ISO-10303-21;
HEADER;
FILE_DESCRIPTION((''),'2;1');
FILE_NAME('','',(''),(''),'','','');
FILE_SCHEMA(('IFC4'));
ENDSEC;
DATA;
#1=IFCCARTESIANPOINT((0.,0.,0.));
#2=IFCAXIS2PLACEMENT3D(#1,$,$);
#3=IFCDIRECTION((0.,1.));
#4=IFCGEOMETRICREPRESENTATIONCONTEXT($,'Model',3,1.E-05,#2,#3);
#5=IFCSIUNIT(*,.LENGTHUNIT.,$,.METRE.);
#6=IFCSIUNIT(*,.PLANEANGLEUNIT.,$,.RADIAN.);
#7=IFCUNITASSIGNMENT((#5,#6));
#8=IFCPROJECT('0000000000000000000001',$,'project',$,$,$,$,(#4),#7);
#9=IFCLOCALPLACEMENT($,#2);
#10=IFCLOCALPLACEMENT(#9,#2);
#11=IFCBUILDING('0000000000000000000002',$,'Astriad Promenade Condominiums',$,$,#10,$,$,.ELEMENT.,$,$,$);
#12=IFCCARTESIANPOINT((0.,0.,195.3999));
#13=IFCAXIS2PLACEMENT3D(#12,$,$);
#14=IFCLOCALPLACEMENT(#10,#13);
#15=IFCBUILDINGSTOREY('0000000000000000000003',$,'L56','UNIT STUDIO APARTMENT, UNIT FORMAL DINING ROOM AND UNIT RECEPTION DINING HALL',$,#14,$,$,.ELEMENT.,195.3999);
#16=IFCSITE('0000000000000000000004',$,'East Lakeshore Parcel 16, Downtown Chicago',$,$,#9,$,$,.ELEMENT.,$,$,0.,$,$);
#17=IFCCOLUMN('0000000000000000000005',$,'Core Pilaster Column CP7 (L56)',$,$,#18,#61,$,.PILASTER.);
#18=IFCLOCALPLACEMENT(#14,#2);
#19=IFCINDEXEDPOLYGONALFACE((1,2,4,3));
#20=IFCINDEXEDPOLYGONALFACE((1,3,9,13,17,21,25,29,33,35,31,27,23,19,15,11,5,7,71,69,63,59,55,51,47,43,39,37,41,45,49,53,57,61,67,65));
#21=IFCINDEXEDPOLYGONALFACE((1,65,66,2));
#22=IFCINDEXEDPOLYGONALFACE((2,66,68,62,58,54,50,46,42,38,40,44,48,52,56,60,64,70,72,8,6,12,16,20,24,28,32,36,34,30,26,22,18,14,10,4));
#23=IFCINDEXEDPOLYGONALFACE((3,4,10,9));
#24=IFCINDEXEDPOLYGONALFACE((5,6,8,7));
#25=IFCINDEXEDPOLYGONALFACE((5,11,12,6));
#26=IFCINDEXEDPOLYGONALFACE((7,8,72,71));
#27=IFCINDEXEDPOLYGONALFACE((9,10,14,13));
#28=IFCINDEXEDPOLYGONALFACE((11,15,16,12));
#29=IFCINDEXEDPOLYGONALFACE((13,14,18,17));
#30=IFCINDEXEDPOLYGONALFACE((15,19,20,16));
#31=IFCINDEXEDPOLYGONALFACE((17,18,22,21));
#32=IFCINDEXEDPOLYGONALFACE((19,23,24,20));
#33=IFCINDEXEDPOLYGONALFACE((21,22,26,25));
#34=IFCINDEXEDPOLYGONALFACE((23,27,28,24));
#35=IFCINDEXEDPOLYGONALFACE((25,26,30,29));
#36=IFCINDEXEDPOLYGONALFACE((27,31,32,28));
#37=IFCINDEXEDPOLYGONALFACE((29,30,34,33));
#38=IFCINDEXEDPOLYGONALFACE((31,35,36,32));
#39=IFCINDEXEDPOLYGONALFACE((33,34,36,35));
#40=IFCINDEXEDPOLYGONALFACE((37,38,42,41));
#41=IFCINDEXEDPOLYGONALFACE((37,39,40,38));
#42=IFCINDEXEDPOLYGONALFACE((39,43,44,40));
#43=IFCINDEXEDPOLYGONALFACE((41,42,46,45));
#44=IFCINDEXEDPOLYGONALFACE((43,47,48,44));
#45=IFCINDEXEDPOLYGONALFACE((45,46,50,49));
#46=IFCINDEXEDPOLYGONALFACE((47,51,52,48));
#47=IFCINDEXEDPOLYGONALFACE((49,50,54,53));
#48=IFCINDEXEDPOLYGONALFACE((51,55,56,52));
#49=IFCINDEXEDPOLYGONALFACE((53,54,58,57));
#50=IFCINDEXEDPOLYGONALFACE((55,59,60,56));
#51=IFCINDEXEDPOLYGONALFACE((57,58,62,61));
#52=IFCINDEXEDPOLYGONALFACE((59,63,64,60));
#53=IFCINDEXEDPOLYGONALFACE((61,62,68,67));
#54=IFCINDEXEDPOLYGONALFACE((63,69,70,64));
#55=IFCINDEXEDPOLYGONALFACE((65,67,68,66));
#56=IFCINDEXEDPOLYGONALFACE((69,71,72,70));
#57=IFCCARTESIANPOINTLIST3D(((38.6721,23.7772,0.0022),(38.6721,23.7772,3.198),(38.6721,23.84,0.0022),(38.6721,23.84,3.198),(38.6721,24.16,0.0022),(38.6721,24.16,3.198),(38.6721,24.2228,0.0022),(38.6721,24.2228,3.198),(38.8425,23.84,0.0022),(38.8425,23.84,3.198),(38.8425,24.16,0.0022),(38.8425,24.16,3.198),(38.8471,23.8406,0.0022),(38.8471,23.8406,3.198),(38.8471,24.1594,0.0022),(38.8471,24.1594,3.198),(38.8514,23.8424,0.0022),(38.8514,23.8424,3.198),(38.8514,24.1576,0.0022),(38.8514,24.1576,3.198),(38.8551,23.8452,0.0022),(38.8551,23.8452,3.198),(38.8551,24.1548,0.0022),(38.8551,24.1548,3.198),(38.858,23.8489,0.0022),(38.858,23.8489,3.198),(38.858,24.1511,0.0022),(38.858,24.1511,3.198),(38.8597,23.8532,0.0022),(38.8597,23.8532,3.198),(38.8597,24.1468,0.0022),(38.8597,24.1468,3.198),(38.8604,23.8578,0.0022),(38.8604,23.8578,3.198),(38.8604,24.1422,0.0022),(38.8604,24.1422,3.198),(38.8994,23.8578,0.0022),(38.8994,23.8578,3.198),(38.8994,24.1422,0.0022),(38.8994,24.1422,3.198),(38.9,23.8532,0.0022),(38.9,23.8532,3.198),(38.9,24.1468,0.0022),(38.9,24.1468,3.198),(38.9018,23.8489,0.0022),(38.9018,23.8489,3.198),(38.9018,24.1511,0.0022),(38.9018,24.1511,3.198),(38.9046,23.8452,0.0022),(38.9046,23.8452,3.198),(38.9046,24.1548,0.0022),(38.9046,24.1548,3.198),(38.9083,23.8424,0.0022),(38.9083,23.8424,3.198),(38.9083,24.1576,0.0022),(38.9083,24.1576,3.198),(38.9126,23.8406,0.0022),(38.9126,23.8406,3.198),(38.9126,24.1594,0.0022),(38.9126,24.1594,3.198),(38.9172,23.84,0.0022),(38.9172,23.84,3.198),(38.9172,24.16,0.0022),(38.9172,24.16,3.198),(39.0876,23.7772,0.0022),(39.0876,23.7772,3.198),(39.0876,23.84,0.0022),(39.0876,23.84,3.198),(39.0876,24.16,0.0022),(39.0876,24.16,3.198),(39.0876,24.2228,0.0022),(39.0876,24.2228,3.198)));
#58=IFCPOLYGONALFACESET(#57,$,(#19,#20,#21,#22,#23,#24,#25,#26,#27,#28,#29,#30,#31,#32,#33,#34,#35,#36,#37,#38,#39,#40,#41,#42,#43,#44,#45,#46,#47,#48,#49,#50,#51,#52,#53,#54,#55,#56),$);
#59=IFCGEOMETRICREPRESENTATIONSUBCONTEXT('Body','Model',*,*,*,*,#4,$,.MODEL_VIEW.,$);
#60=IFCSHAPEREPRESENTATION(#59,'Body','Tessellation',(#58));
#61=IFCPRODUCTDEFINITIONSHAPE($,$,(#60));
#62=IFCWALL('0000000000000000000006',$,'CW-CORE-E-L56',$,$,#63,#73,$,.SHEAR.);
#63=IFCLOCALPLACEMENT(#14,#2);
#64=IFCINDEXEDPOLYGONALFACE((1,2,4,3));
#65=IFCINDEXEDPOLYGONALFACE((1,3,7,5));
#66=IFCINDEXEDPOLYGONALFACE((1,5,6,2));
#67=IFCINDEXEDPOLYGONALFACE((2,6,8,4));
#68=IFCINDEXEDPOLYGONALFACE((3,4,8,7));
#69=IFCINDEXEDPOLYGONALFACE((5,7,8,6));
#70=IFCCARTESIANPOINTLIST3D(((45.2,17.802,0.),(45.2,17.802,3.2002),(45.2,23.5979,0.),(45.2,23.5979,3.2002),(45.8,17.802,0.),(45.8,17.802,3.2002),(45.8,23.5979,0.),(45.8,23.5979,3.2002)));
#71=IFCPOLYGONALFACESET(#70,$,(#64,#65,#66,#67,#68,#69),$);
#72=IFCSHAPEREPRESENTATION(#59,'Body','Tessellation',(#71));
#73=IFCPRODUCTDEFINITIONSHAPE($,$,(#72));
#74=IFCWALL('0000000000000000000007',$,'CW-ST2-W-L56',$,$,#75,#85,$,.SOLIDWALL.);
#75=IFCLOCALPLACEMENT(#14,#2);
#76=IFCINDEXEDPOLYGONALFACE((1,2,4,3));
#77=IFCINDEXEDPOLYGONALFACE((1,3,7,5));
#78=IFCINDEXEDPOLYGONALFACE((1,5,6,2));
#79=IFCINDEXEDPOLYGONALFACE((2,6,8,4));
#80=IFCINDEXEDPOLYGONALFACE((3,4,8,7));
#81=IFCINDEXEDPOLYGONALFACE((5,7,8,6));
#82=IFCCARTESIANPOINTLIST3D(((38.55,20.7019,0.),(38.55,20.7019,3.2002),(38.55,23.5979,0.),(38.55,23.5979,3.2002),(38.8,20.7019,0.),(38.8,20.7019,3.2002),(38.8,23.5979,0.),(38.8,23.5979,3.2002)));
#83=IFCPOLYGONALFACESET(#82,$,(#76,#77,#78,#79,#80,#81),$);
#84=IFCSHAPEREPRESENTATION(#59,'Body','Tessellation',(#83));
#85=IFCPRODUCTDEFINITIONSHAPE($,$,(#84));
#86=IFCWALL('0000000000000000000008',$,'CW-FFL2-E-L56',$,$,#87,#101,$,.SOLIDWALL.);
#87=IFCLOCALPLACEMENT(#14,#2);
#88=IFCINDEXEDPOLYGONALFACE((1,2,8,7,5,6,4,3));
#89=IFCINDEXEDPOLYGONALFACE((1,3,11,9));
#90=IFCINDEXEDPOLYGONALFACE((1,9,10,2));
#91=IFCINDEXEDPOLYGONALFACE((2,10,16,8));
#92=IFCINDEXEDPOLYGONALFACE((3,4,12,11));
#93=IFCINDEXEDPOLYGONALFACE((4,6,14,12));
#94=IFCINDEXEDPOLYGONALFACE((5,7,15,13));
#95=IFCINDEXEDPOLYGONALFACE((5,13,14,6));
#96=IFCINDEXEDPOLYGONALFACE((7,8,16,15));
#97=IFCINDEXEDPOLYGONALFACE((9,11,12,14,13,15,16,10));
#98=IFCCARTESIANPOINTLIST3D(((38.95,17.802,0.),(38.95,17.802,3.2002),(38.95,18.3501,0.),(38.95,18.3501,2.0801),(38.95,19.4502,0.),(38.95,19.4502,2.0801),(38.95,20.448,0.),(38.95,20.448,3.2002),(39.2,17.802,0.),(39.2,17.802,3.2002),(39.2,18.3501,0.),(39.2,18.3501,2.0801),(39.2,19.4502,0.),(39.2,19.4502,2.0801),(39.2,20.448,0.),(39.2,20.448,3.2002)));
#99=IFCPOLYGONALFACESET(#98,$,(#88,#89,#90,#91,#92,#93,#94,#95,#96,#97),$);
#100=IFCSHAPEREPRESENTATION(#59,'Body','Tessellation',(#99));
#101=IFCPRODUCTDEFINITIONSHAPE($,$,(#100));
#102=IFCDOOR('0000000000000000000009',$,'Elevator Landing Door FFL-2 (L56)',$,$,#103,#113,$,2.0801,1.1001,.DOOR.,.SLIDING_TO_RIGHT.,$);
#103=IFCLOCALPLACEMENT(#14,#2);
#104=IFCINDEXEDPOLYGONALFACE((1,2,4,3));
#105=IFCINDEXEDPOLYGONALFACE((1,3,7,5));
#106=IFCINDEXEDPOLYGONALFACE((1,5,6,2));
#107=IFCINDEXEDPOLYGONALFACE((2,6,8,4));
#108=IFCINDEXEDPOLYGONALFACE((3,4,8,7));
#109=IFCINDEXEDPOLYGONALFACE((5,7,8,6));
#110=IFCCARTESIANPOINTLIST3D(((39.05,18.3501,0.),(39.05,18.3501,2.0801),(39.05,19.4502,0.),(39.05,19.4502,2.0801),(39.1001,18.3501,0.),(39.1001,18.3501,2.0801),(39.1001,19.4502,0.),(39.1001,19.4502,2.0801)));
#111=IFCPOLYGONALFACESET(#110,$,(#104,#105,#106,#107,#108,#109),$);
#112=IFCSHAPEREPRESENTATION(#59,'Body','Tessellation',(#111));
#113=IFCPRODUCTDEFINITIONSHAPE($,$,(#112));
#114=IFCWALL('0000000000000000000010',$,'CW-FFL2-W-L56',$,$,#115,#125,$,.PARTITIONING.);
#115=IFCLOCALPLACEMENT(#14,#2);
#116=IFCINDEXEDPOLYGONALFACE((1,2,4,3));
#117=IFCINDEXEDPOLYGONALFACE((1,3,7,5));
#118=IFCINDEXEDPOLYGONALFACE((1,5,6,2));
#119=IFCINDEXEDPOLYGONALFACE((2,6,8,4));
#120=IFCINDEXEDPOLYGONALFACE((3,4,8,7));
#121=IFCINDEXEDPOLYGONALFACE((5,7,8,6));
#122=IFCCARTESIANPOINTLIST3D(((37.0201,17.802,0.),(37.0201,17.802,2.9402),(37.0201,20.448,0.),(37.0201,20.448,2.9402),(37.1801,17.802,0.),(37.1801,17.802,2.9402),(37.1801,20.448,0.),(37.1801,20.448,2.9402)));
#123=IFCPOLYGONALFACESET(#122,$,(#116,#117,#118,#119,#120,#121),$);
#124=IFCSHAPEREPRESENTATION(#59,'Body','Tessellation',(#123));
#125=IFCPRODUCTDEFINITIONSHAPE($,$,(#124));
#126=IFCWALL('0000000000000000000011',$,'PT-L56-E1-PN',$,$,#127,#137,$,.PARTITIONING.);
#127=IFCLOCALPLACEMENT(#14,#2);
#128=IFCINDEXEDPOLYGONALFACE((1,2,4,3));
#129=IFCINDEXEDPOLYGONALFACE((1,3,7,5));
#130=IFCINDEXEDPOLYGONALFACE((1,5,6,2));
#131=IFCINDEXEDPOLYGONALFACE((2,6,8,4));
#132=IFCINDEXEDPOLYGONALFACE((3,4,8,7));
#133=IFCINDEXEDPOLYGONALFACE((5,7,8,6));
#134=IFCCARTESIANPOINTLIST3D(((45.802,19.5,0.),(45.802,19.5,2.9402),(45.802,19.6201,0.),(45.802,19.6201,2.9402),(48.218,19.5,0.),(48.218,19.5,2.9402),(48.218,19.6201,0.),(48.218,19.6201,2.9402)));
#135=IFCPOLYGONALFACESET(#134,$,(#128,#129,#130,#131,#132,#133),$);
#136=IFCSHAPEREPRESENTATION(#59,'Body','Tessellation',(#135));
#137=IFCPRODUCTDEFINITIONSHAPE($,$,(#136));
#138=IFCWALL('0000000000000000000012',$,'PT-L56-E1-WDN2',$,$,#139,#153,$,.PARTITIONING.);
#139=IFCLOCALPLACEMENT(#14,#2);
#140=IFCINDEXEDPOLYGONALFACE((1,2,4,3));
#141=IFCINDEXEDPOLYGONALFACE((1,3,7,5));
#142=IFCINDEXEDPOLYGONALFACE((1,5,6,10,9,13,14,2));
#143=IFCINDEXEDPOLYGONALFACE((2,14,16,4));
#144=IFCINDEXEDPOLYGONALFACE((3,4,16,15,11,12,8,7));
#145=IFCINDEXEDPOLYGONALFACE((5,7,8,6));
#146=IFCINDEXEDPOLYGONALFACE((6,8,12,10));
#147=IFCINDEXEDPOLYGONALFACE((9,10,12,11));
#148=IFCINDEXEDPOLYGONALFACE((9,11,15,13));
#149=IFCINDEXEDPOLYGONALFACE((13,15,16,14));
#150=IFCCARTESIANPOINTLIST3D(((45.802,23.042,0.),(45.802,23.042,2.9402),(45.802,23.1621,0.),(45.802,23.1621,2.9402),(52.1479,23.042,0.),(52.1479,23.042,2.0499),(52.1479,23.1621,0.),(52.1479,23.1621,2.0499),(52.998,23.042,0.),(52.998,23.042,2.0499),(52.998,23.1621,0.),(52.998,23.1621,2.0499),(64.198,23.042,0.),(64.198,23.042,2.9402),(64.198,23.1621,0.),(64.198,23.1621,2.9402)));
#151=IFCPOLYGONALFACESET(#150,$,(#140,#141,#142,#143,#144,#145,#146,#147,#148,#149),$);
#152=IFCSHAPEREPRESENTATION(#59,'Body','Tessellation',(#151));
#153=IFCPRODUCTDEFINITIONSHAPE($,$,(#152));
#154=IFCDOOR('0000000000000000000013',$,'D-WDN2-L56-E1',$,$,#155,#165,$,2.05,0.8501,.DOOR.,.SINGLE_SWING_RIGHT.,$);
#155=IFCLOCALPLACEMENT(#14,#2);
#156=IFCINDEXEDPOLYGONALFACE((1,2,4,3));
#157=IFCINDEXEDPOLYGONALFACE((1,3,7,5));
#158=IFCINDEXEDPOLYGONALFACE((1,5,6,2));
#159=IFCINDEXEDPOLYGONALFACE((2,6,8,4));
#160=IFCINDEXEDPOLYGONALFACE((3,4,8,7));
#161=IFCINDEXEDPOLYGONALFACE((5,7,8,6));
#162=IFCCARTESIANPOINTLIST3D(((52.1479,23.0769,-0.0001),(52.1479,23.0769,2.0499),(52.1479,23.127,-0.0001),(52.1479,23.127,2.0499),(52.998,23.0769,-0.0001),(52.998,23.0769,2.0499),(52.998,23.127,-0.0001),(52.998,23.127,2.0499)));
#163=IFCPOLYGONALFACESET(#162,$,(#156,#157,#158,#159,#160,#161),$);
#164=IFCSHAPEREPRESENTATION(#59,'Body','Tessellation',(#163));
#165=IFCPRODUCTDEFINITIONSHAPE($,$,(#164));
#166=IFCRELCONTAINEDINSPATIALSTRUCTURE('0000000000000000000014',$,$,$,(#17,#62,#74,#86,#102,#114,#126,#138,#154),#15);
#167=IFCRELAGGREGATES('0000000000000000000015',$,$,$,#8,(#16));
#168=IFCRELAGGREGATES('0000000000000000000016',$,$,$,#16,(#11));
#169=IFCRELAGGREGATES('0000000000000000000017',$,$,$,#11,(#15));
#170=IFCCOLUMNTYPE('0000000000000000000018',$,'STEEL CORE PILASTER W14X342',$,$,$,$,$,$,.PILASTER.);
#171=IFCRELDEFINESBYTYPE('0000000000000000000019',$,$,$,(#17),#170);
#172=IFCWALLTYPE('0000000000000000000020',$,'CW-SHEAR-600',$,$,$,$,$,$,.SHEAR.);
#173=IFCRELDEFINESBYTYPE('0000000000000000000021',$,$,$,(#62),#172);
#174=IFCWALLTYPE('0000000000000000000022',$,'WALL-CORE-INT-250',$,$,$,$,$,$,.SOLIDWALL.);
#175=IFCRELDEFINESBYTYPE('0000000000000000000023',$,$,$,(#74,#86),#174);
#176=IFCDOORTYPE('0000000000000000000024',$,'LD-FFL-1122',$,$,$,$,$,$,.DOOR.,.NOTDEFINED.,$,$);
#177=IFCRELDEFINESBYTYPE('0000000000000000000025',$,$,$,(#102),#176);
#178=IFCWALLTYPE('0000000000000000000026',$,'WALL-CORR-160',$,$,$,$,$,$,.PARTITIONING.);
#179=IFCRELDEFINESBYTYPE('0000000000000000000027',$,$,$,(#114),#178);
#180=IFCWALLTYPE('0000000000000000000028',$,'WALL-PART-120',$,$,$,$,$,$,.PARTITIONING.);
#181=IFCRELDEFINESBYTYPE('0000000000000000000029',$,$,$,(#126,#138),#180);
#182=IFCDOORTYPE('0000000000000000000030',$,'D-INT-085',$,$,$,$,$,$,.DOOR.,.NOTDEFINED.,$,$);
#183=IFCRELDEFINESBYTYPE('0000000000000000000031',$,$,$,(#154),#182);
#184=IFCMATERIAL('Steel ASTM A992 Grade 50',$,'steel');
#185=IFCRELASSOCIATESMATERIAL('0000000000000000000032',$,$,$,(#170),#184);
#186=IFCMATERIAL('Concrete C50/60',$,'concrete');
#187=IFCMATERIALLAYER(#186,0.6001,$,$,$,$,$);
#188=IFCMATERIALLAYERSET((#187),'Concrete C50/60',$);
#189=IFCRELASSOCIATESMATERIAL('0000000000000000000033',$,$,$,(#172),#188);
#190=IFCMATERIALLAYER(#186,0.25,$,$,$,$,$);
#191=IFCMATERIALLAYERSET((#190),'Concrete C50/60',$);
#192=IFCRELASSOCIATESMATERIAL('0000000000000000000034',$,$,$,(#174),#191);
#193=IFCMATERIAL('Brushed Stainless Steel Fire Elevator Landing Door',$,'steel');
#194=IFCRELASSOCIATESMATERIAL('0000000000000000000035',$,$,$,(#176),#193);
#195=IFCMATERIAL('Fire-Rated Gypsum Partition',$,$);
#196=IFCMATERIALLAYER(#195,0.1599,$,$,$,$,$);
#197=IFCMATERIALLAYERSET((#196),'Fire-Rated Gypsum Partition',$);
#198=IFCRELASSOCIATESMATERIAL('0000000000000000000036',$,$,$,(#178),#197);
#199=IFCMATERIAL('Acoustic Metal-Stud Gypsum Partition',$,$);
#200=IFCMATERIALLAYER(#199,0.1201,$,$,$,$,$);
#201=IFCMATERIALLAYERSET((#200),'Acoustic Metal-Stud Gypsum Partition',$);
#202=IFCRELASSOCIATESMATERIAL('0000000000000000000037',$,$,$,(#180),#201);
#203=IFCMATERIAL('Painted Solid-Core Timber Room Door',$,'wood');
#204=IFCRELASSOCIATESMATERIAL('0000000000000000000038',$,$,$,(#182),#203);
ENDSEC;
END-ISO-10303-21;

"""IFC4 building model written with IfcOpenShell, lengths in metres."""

from ifc_helpers import new_model, si_unit, direction, frame, frame_2d, origin, origin_2d, place, context, subcontext, project, spatial, rectangle, i_section, extrude, source, transform, mapped, material, layer, layer_set, material_profile, profile_set, type_object, type_shapes, element, fill, save


model = new_model("IFC4")

# Units and contexts
model_context = context("Model", 3, precision=1e-05, world=origin(), true_north=direction((0.0, 1.0)))
body_context = subcontext(model_context, "Body", "Model", "MODEL_VIEW")
ifc_project = project(units=[si_unit("LENGTHUNIT", "METRE"), si_unit("PLANEANGLEUNIT", "RADIAN")], contexts=[model_context])

# Site, building, storey
site_placement = place(None, origin())
site = spatial("IfcSite", under=ifc_project, at=site_placement, Name="East Lakeshore Parcel 16, Downtown Chicago", CompositionType="ELEMENT", RefElevation=0.0)
building_placement = place(site_placement, origin())
building = spatial("IfcBuilding", under=site, at=building_placement, Name="Astriad Promenade Condominiums", CompositionType="ELEMENT")
storey_placement = place(building_placement, frame((0.0, 0.0, 195.3999)))
storey = spatial("IfcBuildingStorey", under=building, at=storey_placement, Name="L56", Description="UNIT STUDIO APARTMENT, UNIT FORMAL DINING ROOM AND UNIT RECEPTION DINING HALL", CompositionType="ELEMENT", Elevation=195.3999)

# Column
ifc_material_1 = material(Name="Steel ASTM A992 Grade 50", Category="steel")
ifc_material_profile = material_profile(ifc_material_1, i_section(OverallWidth=0.4155, OverallDepth=0.4456, WebThickness=0.0391, FlangeThickness=0.0627, FilletRadius=0.0178, at=origin_2d()), Name="W14X342")
ifc_profile_set = profile_set([ifc_material_profile], Name="Steel ASTM A992 Grade 50")
column_type = type_object("IfcColumnType", Name="STEEL CORE PILASTER W14X342", PredefinedType="PILASTER", material=ifc_profile_set)
shared_shape_1 = source(origin(), body_context, "Body", "SweptSolid", [
    extrude(i_section(OverallWidth=0.4155, OverallDepth=0.4456, WebThickness=0.0391, FlangeThickness=0.0627, FilletRadius=0.0178, at=origin_2d()), origin(), (0.0, 0.0, 1.0), 3.1958),
])
type_shapes(column_type, [shared_shape_1])
column_placement = place(storey_placement, frame((38.8799, 24.0, 0.0022), z_axis=(0.0, 0.0, 1.0), x_axis=(1.0, 0.0, 0.0)))
element("IfcColumn", 1, at=column_placement, inside=storey, type_object=column_type, Name="Core Pilaster Column CP7 (L56)", PredefinedType="PILASTER", context=body_context, shape_type="MappedRepresentation", body=[
    mapped(shared_shape_1, transform((0.0, 0.0, 0.0), scale=1.0)),
])

# Walls
ifc_material_2 = material(Name="Concrete C50/60", Category="concrete")
ifc_layer_1 = layer(ifc_material_2, 0.6001)
ifc_layer_set_1 = layer_set([ifc_layer_1], Name="Concrete C50/60")
wall_type_1 = type_object("IfcWallType", Name="CW-SHEAR-600", PredefinedType="SHEAR", material=ifc_layer_set_1)
wall_1_placement = place(storey_placement, frame((45.5, 17.802, 0.0), z_axis=(0.0, 0.0, 1.0), x_axis=(0.0, 1.0, 0.0)))
element("IfcWall", 2, at=wall_1_placement, inside=storey, type_object=wall_type_1, Name="CW-CORE-E-L56", PredefinedType="SHEAR", context=body_context, shape_type="SweptSolid", body=[
    extrude(rectangle(XDim=5.7959, YDim=0.6001, at=frame_2d((2.8979, 0.0))), origin(), (0.0, 0.0, 1.0), 3.2002),
])
ifc_layer_2 = layer(ifc_material_2, 0.25)
ifc_layer_set_2 = layer_set([ifc_layer_2], Name="Concrete C50/60")
wall_type_2 = type_object("IfcWallType", Name="WALL-CORE-INT-250", PredefinedType="SOLIDWALL", material=ifc_layer_set_2)
wall_2_placement = place(storey_placement, frame((38.675, 20.7019, 0.0), z_axis=(0.0, 0.0, 1.0), x_axis=(0.0, 1.0, 0.0)))
element("IfcWall", 3, at=wall_2_placement, inside=storey, type_object=wall_type_2, Name="CW-ST2-W-L56", PredefinedType="SOLIDWALL", context=body_context, shape_type="SweptSolid", body=[
    extrude(rectangle(XDim=2.896, YDim=0.25, at=frame_2d((1.448, 0.0))), origin(), (0.0, 0.0, 1.0), 3.2002),
])

# Wall, opening, door
wall_3_placement = place(storey_placement, frame((39.075, 17.802, 0.0), z_axis=(0.0, 0.0, 1.0), x_axis=(0.0, 1.0, 0.0)))
wall_3 = element("IfcWall", 4, at=wall_3_placement, inside=storey, type_object=wall_type_2, Name="CW-FFL2-E-L56", PredefinedType="SOLIDWALL", context=body_context, shape_type="SweptSolid", body=[
    extrude(rectangle(XDim=2.646, YDim=0.25, at=frame_2d((1.323, 0.0))), origin(), (0.0, 0.0, 1.0), 3.2002),
])
opening_1_placement = place(wall_3_placement, frame((0.5481, 0.0, 0.0)))
opening_1 = element("IfcOpeningElement", 5, at=opening_1_placement, cuts=wall_3, PredefinedType="OPENING", context=body_context, shape_type="SweptSolid", body=[
    extrude(rectangle(XDim=1.1001, YDim=2.0801, at=frame_2d((0.55, 1.04))), frame((0.0, 0.135, 0.0), z_axis=(0.0, -1.0, 0.0), x_axis=(1.0, 0.0, 0.0)), (0.0, 0.0, 1.0), 0.27),
])
ifc_material_3 = material(Name="Brushed Stainless Steel Fire Elevator Landing Door", Category="steel")
door_type_1 = type_object("IfcDoorType", Name="LD-FFL-1122", OperationType="NOTDEFINED", PredefinedType="DOOR", material=ifc_material_3)
shared_shape_2 = source(origin(), body_context, "Body", "SweptSolid", [
    extrude(rectangle(XDim=1.1001, YDim=2.0801, at=frame_2d((0.55, 1.04))), frame((0.0, 0.0249, 0.0), z_axis=(0.0, -1.0, 0.0), x_axis=(1.0, 0.0, 0.0)), (0.0, 0.0, 1.0), 0.05),
])
type_shapes(door_type_1, [shared_shape_2])
door_1_placement = place(opening_1_placement, origin())
door_1 = element("IfcDoor", 6, at=door_1_placement, inside=storey, type_object=door_type_1, Name="Elevator Landing Door FFL-2 (L56)", OperationType="SLIDING_TO_RIGHT", OverallHeight=2.0801, OverallWidth=1.1001, PredefinedType="DOOR", context=body_context, shape_type="MappedRepresentation", body=[
    mapped(shared_shape_2, transform((0.0, 0.0, 0.0), scale=1.0)),
])
fill(opening_1, door_1)

# Walls
ifc_material_4 = material(Name="Fire-Rated Gypsum Partition")
ifc_layer_3 = layer(ifc_material_4, 0.1599)
ifc_layer_set_3 = layer_set([ifc_layer_3], Name="Fire-Rated Gypsum Partition")
wall_type_3 = type_object("IfcWallType", Name="WALL-CORR-160", PredefinedType="PARTITIONING", material=ifc_layer_set_3)
wall_4_placement = place(storey_placement, frame((37.1001, 17.802, 0.0), z_axis=(0.0, 0.0, 1.0), x_axis=(0.0, 1.0, 0.0)))
element("IfcWall", 7, at=wall_4_placement, inside=storey, type_object=wall_type_3, Name="CW-FFL2-W-L56", PredefinedType="PARTITIONING", context=body_context, shape_type="SweptSolid", body=[
    extrude(rectangle(XDim=2.646, YDim=0.1599, at=frame_2d((1.323, 0.0))), origin(), (0.0, 0.0, 1.0), 2.9402),
])
ifc_material_5 = material(Name="Acoustic Metal-Stud Gypsum Partition")
ifc_layer_4 = layer(ifc_material_5, 0.1201)
ifc_layer_set_4 = layer_set([ifc_layer_4], Name="Acoustic Metal-Stud Gypsum Partition")
wall_type_4 = type_object("IfcWallType", Name="WALL-PART-120", PredefinedType="PARTITIONING", material=ifc_layer_set_4)
wall_5_placement = place(storey_placement, frame((45.802, 19.5601, 0.0), z_axis=(0.0, 0.0, 1.0), x_axis=(1.0, 0.0, 0.0)))
element("IfcWall", 8, at=wall_5_placement, inside=storey, type_object=wall_type_4, Name="PT-L56-E1-PN", PredefinedType="PARTITIONING", context=body_context, shape_type="SweptSolid", body=[
    extrude(rectangle(XDim=2.416, YDim=0.1201, at=frame_2d((1.208, 0.0))), origin(), (0.0, 0.0, 1.0), 2.9402),
])

# Wall, opening, door
wall_6_placement = place(storey_placement, frame((45.802, 23.1021, 0.0), z_axis=(0.0, 0.0, 1.0), x_axis=(1.0, 0.0, 0.0)))
wall_6 = element("IfcWall", 9, at=wall_6_placement, inside=storey, type_object=wall_type_4, Name="PT-L56-E1-WDN2", PredefinedType="PARTITIONING", context=body_context, shape_type="SweptSolid", body=[
    extrude(rectangle(XDim=18.396, YDim=0.1201, at=frame_2d((9.198, 0.0))), origin(), (0.0, 0.0, 1.0), 2.9402),
])
opening_2_placement = place(wall_6_placement, frame((6.3459, 0.0, 0.0)))
opening_2 = element("IfcOpeningElement", 10, at=opening_2_placement, cuts=wall_6, PredefinedType="OPENING", context=body_context, shape_type="SweptSolid", body=[
    extrude(rectangle(XDim=0.8501, YDim=2.05, at=frame_2d((0.425, 1.0249))), frame((0.0, 0.0701, 0.0), z_axis=(0.0, -1.0, 0.0), x_axis=(1.0, 0.0, 0.0)), (0.0, 0.0, 1.0), 0.1401),
])
ifc_material_6 = material(Name="Painted Solid-Core Timber Room Door", Category="wood")
door_type_2 = type_object("IfcDoorType", Name="D-INT-085", OperationType="NOTDEFINED", PredefinedType="DOOR", material=ifc_material_6)
shared_shape_3 = source(origin(), body_context, "Body", "SweptSolid", [
    extrude(rectangle(XDim=0.8501, YDim=2.05, at=frame_2d((0.425, 1.0249))), frame((0.0, 0.0249, 0.0), z_axis=(0.0, -1.0, 0.0), x_axis=(1.0, 0.0, 0.0)), (0.0, 0.0, 1.0), 0.05),
])
type_shapes(door_type_2, [shared_shape_3])
door_2_placement = place(opening_2_placement, origin())
door_2 = element("IfcDoor", 11, at=door_2_placement, inside=storey, type_object=door_type_2, Name="D-WDN2-L56-E1", OperationType="SINGLE_SWING_RIGHT", OverallHeight=2.05, OverallWidth=0.8501, PredefinedType="DOOR", context=body_context, shape_type="MappedRepresentation", body=[
    mapped(shared_shape_3, transform((0.0, 0.0, 0.0), scale=1.0)),
])
fill(opening_2, door_2)

save(model, "model.ifc")
